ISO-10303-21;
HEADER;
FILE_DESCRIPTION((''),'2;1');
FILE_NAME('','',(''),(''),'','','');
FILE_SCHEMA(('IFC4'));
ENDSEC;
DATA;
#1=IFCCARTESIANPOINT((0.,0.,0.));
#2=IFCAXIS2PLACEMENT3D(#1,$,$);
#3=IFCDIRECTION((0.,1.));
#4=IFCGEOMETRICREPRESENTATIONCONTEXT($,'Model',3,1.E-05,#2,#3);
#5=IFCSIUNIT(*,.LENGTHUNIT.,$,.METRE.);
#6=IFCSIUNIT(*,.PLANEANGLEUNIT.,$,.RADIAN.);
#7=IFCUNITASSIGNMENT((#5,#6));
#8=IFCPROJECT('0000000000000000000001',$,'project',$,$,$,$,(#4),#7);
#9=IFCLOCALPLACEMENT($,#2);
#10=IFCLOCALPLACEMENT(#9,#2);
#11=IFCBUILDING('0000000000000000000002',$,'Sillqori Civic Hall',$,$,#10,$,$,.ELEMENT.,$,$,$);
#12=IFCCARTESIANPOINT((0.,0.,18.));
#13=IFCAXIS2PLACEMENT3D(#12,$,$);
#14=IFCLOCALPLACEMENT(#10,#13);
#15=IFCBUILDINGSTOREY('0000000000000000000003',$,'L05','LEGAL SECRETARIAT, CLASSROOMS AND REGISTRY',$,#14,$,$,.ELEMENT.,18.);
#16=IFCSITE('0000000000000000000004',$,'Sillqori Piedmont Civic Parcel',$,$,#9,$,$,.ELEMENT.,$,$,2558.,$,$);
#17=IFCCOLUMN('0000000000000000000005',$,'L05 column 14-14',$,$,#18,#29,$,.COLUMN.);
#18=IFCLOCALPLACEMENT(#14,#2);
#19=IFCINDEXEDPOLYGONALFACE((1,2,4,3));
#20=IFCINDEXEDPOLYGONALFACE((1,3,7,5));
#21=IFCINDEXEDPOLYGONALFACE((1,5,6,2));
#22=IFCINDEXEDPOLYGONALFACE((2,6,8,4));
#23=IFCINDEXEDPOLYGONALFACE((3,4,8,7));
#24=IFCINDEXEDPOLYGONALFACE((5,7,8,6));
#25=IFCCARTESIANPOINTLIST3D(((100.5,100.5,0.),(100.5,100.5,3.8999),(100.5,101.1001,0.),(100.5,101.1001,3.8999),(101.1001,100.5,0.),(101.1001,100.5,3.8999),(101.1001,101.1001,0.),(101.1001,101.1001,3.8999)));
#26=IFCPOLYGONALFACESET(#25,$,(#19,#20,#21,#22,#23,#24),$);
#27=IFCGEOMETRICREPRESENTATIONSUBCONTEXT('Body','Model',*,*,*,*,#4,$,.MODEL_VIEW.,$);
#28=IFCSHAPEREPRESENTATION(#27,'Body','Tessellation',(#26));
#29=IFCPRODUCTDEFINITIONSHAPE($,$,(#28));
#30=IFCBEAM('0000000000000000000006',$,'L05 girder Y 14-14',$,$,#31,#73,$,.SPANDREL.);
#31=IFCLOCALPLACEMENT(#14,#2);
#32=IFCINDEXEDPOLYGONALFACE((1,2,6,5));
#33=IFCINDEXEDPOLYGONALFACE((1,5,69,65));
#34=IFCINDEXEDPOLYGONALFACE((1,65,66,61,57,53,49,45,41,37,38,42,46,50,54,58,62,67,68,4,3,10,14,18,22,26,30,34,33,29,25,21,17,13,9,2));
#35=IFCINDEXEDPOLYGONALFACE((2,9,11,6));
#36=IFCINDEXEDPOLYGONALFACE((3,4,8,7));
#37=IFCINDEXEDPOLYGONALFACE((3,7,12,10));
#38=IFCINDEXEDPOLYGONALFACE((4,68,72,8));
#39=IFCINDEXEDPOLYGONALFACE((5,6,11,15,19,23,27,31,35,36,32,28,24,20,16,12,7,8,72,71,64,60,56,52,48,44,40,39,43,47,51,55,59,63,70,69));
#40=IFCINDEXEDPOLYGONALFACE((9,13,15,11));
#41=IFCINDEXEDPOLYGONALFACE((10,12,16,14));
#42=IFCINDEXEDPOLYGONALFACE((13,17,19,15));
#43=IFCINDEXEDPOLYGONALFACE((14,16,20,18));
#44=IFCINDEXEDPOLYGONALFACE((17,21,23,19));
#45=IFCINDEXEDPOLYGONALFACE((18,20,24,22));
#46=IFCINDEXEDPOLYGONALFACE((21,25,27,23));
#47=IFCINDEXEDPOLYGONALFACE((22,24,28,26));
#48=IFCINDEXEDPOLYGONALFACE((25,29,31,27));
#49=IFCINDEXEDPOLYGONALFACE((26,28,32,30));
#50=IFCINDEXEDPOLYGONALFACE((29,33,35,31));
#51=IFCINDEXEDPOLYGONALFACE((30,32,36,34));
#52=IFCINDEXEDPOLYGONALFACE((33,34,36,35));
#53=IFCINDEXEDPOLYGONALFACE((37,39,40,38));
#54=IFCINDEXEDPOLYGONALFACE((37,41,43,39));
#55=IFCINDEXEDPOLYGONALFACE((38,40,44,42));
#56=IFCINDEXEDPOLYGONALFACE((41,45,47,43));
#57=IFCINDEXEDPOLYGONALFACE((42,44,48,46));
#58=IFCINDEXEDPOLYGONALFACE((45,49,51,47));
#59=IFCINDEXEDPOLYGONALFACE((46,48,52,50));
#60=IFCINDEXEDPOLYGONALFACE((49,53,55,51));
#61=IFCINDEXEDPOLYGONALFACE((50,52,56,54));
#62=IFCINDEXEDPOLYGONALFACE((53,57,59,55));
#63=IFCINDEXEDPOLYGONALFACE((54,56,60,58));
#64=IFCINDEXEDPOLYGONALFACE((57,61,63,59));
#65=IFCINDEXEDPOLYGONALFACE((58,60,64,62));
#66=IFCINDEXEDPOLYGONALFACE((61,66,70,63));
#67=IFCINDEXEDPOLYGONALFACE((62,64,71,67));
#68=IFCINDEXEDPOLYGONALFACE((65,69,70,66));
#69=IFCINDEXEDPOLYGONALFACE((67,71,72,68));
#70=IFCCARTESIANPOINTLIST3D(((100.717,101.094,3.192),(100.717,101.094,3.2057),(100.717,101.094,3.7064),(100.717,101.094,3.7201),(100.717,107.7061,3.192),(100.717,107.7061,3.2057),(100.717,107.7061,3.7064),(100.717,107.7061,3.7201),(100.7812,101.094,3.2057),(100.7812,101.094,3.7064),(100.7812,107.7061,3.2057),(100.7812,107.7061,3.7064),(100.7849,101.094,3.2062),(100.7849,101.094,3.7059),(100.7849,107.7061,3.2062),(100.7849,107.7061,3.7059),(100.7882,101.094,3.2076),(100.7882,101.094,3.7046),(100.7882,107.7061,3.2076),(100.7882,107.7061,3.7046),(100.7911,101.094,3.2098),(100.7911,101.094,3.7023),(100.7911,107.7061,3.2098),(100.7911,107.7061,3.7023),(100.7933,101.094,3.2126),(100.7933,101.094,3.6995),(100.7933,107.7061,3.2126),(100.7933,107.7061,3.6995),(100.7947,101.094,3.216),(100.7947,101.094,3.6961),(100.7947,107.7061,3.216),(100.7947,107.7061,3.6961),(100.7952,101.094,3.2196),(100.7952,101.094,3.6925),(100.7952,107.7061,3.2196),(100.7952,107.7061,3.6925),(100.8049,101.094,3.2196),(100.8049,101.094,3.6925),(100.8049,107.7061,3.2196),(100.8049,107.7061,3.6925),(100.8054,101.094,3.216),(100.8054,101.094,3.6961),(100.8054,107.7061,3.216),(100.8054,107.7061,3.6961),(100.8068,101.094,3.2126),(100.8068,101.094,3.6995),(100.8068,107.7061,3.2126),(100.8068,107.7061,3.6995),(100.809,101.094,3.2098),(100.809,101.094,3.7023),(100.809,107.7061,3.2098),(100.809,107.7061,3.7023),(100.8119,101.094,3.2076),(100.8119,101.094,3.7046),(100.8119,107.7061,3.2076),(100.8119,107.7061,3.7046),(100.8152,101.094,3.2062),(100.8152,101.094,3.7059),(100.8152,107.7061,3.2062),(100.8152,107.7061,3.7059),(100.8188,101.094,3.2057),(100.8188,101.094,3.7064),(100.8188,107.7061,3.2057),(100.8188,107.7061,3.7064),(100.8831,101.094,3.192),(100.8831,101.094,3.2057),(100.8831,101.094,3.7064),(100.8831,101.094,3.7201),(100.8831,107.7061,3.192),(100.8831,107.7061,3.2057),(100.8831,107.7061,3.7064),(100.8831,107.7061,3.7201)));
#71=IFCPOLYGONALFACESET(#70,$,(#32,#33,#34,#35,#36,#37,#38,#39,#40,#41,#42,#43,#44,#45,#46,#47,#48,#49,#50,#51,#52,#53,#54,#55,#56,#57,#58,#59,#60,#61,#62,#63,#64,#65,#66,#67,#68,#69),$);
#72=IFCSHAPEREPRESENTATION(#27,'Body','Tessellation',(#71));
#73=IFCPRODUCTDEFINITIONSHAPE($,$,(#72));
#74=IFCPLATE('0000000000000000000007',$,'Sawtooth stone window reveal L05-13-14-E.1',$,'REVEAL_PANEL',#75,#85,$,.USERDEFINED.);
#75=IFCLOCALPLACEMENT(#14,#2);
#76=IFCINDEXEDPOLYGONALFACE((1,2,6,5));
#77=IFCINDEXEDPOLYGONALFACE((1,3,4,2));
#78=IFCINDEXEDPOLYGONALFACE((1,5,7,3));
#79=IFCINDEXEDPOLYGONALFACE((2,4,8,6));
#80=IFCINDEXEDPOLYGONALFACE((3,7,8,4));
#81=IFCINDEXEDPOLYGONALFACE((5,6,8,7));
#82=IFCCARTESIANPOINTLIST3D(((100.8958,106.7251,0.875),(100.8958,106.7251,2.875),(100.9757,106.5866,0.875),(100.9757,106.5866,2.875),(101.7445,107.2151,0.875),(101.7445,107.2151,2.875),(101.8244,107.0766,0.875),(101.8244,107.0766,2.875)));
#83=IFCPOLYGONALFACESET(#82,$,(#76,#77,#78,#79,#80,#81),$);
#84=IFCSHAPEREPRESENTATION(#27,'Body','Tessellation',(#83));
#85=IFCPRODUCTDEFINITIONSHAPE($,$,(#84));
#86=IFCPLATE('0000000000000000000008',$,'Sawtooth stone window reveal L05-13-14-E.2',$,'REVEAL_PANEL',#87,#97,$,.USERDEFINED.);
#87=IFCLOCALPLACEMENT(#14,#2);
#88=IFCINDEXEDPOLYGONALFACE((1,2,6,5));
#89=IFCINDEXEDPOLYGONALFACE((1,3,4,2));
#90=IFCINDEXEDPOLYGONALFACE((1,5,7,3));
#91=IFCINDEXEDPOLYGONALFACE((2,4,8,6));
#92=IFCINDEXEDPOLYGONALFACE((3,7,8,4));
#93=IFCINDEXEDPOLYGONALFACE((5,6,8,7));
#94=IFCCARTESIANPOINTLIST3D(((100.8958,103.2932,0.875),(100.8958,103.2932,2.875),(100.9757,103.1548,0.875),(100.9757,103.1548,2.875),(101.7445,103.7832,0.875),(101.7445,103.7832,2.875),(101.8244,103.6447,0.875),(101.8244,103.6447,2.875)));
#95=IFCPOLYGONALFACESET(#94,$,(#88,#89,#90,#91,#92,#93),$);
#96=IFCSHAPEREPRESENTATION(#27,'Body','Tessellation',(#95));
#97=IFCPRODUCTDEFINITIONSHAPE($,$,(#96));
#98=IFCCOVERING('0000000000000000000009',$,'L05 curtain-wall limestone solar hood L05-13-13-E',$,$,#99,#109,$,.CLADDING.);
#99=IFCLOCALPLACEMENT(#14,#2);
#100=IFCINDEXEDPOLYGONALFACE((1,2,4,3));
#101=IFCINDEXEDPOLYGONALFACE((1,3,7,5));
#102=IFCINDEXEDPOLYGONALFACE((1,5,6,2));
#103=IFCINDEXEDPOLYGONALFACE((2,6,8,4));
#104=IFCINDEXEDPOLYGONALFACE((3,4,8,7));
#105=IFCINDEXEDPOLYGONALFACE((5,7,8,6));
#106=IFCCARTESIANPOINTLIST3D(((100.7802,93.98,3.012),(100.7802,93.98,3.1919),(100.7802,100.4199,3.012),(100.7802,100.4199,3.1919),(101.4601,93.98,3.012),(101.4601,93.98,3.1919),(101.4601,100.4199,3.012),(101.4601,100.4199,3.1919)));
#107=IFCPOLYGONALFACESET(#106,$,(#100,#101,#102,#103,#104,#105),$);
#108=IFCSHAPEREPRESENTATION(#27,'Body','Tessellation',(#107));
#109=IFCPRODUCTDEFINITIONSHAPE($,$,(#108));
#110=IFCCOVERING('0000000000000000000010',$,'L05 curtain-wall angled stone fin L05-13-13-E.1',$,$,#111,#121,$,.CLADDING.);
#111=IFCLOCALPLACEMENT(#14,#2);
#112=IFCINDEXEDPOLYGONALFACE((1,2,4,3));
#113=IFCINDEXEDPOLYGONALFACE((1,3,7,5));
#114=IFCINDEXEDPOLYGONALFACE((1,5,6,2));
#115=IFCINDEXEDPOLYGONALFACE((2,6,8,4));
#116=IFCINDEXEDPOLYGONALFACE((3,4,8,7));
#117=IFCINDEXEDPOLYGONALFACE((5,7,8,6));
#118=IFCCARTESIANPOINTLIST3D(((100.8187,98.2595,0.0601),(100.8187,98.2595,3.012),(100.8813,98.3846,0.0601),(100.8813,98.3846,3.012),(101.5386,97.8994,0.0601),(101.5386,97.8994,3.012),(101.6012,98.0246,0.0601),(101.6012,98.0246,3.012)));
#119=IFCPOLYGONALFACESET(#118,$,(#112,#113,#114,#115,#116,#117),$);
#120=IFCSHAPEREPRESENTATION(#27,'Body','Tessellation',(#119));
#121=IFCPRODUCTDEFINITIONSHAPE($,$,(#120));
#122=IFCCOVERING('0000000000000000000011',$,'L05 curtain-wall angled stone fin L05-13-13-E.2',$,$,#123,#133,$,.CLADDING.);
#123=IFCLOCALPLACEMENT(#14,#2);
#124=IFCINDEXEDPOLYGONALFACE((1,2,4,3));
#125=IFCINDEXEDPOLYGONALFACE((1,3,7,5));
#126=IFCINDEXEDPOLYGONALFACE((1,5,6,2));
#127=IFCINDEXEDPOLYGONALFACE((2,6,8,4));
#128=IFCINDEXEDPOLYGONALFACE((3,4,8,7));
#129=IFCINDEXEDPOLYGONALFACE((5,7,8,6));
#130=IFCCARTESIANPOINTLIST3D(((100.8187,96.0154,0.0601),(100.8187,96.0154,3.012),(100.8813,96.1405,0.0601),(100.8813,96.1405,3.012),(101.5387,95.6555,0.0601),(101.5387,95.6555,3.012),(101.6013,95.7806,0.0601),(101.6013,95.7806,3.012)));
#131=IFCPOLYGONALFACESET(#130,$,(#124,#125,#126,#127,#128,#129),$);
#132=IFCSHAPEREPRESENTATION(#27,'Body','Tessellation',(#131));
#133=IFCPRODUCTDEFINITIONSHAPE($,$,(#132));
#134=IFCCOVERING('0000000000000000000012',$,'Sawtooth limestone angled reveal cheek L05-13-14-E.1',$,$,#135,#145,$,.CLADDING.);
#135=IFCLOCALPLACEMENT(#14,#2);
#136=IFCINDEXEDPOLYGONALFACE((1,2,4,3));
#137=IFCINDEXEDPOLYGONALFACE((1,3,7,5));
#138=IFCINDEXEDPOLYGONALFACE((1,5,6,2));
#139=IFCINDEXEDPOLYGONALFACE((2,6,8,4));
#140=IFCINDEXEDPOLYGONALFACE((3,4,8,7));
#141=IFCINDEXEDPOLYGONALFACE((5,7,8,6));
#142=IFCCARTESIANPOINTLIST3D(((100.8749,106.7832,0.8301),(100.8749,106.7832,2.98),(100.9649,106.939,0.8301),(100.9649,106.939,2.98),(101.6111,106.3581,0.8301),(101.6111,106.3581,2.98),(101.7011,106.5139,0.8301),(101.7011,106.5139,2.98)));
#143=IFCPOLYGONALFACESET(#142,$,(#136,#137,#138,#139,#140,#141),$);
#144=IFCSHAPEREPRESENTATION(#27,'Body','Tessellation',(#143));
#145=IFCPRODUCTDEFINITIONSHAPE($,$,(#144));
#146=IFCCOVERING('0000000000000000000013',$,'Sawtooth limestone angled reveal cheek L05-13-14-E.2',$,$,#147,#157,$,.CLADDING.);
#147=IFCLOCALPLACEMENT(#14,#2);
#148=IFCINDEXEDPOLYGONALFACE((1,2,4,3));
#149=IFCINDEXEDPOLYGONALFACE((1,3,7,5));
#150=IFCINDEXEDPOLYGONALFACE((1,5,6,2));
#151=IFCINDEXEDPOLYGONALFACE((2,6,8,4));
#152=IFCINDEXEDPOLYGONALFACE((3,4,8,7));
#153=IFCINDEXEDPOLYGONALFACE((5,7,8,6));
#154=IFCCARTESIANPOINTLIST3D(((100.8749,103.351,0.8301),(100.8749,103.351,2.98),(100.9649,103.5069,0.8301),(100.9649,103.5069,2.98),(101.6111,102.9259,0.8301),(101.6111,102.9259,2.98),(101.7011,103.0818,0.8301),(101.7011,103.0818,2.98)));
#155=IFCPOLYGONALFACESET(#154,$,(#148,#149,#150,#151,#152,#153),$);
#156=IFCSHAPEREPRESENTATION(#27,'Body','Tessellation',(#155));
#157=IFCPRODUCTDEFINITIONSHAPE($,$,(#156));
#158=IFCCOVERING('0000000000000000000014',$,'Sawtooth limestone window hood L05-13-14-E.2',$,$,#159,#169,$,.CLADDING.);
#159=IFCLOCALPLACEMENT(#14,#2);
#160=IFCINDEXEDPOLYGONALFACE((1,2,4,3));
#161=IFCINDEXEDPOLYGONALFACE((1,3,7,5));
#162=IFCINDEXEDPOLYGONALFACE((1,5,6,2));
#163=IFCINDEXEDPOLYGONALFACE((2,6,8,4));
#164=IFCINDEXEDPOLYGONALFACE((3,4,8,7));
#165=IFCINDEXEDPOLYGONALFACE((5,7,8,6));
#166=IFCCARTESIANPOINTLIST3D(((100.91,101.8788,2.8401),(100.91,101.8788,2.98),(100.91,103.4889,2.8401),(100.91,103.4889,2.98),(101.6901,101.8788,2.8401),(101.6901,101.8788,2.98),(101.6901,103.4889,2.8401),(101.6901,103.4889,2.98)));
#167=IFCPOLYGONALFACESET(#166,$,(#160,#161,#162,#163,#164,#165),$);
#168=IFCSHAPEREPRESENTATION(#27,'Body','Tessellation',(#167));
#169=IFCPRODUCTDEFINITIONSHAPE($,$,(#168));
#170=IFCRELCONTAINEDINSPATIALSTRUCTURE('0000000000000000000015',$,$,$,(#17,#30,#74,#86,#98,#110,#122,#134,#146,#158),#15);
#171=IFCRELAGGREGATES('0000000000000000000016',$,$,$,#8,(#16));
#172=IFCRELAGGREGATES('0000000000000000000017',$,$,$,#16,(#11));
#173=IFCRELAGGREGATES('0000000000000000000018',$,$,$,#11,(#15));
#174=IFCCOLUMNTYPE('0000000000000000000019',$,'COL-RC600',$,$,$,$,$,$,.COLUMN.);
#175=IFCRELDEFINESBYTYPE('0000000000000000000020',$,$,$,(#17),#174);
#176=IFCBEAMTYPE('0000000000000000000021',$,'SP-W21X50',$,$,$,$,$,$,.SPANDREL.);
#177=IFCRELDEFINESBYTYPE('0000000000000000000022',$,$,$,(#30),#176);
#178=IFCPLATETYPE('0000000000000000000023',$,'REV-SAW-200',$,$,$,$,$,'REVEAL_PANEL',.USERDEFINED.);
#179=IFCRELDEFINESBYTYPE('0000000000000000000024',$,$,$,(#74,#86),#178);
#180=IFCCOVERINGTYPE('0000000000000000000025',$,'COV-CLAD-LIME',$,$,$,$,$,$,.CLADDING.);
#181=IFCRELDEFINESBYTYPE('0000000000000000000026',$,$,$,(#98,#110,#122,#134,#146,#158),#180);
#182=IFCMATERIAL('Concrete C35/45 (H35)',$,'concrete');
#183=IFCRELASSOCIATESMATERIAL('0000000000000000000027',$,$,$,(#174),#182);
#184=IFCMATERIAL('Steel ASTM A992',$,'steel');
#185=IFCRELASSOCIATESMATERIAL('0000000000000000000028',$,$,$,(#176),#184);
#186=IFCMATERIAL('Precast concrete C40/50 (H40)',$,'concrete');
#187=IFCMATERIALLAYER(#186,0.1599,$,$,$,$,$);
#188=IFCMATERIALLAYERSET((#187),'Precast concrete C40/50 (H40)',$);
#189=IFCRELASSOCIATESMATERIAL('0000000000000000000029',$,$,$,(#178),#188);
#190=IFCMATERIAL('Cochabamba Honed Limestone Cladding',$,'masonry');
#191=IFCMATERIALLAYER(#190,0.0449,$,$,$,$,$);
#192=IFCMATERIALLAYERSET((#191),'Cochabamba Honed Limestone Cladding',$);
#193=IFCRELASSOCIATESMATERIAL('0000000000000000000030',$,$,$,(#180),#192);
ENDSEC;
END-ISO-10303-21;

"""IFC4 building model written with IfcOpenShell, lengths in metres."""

from ifc_helpers import new_model, si_unit, direction, frame, frame_2d, origin, origin_2d, place, context, subcontext, project, spatial, rectangle, i_section, extrude, material, layer, layer_set, material_profile, profile_set, type_object, element, save


model = new_model("IFC4")

# Units and contexts
model_context = context("Model", 3, precision=1e-05, world=origin(), true_north=direction((0.0, 1.0)))
body_context = subcontext(model_context, "Body", "Model", "MODEL_VIEW")
ifc_project = project(units=[si_unit("LENGTHUNIT", "METRE"), si_unit("PLANEANGLEUNIT", "RADIAN")], contexts=[model_context])

# Site, building, storey
site_placement = place(None, origin())
site = spatial("IfcSite", under=ifc_project, at=site_placement, Name="Sillqori Piedmont Civic Parcel", CompositionType="ELEMENT", RefElevation=2558.0)
building_placement = place(site_placement, origin())
building = spatial("IfcBuilding", under=site, at=building_placement, Name="Sillqori Civic Hall", CompositionType="ELEMENT")
storey_placement = place(building_placement, frame((0.0, 0.0, 18.0)))
storey = spatial("IfcBuildingStorey", under=building, at=storey_placement, Name="L05", Description="LEGAL SECRETARIAT, CLASSROOMS AND REGISTRY", CompositionType="ELEMENT", Elevation=18.0)

# Column
ifc_material_1 = material(Name="Concrete C35/45 (H35)", Category="concrete")
ifc_material_profile_1 = material_profile(ifc_material_1, rectangle(XDim=0.6001, YDim=0.6001, at=origin_2d()), Name="RC 600x600")
ifc_profile_set_1 = profile_set([ifc_material_profile_1], Name="Concrete C35/45 (H35)")
column_type = type_object("IfcColumnType", Name="COL-RC600", PredefinedType="COLUMN", material=ifc_profile_set_1)
column_placement = place(storey_placement, frame((100.8, 100.8, 0.0), z_axis=(0.0, 0.0, 1.0), x_axis=(1.0, 0.0, 0.0)))
element("IfcColumn", 1, at=column_placement, inside=storey, type_object=column_type, Name="L05 column 14-14", PredefinedType="COLUMN", context=body_context, shape_type="SweptSolid", body=[
    extrude(rectangle(XDim=0.6001, YDim=0.6001, at=origin_2d()), origin(), (0.0, 0.0, 1.0), 3.8999),
])

# Beam
ifc_material_2 = material(Name="Steel ASTM A992", Category="steel")
ifc_material_profile_2 = material_profile(ifc_material_2, i_section(OverallWidth=0.166, OverallDepth=0.5281, WebThickness=0.0098, FlangeThickness=0.0137, FilletRadius=0.0139, at=origin_2d()), Name="W21X50")
ifc_profile_set_2 = profile_set([ifc_material_profile_2], Name="Steel ASTM A992")
beam_type = type_object("IfcBeamType", Name="SP-W21X50", PredefinedType="SPANDREL", material=ifc_profile_set_2)
beam_placement = place(storey_placement, frame((100.8, 101.094, 3.4561), z_axis=(0.0, 1.0, 0.0), x_axis=(-1.0, 0.0, 0.0)))
element("IfcBeam", 2, at=beam_placement, inside=storey, type_object=beam_type, Name="L05 girder Y 14-14", PredefinedType="SPANDREL", context=body_context, shape_type="SweptSolid", body=[
    extrude(i_section(OverallWidth=0.166, OverallDepth=0.5281, WebThickness=0.0098, FlangeThickness=0.0137, FilletRadius=0.0139, at=origin_2d()), origin(), (0.0, 0.0, 1.0), 6.6121),
])

# Plates
ifc_material_3 = material(Name="Precast concrete C40/50 (H40)", Category="concrete")
ifc_layer_1 = layer(ifc_material_3, 0.1599)
ifc_layer_set_1 = layer_set([ifc_layer_1], Name="Precast concrete C40/50 (H40)")
plate_type = type_object("IfcPlateType", Name="REV-SAW-200", ElementType="REVEAL_PANEL", PredefinedType="USERDEFINED", material=ifc_layer_set_1)
for number, where, z_axis, x_axis, name in (
    (3, (101.3601, 106.9009, 0.875), (0.0, 0.0, 1.0), (0.5, -0.866025, 0.0), "Sawtooth stone window reveal L05-13-14-E.1"),
    (4, (101.3601, 103.469, 0.875), (0.0, 0.0, 1.0), (0.5, -0.866025, 0.0), "Sawtooth stone window reveal L05-13-14-E.2"),
):
    element("IfcPlate", number, at=place(storey_placement, frame(where, z_axis=z_axis, x_axis=x_axis)), inside=storey, type_object=plate_type, Name=name, ObjectType="REVEAL_PANEL", PredefinedType="USERDEFINED", context=body_context, shape_type="SweptSolid", body=[
        extrude(rectangle(XDim=0.1599, YDim=0.98, at=origin_2d()), origin(), (0.0, 0.0, 1.0), 2.0),
    ])

# Coverings
ifc_material_4 = material(Name="Cochabamba Honed Limestone Cladding", Category="masonry")
ifc_layer_2 = layer(ifc_material_4, 0.0449)
ifc_layer_set_2 = layer_set([ifc_layer_2], Name="Cochabamba Honed Limestone Cladding")
covering_type = type_object("IfcCoveringType", Name="COV-CLAD-LIME", PredefinedType="CLADDING", material=ifc_layer_set_2)
covering_1_placement = place(storey_placement, frame((101.1201, 100.4199, 3.012), z_axis=(0.0, 0.0, 1.0), x_axis=(0.0, -1.0, 0.0)))
element("IfcCovering", 5, at=covering_1_placement, inside=storey, type_object=covering_type, Name="L05 curtain-wall limestone solar hood L05-13-13-E", PredefinedType="CLADDING", context=body_context, shape_type="SweptSolid", body=[
    extrude(rectangle(XDim=6.4399, YDim=0.6799, at=frame_2d((3.22, 0.0))), origin(), (0.0, 0.0, 1.0), 0.1799),
])
for number, where, z_axis, x_axis, name in (
    (6, (100.8501, 98.322, 0.0601), (0.0, 0.0, 1.0), (0.894367, -0.447335, 0.0), "L05 curtain-wall angled stone fin L05-13-13-E.1"),
    (7, (100.8501, 96.0779, 0.0601), (0.0, 0.0, 1.0), (0.894488, -0.447092, 0.0), "L05 curtain-wall angled stone fin L05-13-13-E.2"),
):
    element("IfcCovering", number, at=place(storey_placement, frame(where, z_axis=z_axis, x_axis=x_axis)), inside=storey, type_object=covering_type, Name=name, PredefinedType="CLADDING", context=body_context, shape_type="SweptSolid", body=[
        extrude(rectangle(XDim=0.8049, YDim=0.1399, at=frame_2d((0.4023, 0.0))), origin(), (0.0, 0.0, 1.0), 2.9519),
    ])
for number, where, z_axis, x_axis, name in (
    (8, (100.9199, 106.8611, 0.8301), (0.0, 0.0, 1.0), (0.865989, -0.500062, 0.0), "Sawtooth limestone angled reveal cheek L05-13-14-E.1"),
    (9, (100.9199, 103.429, 0.8301), (0.0, 0.0, 1.0), (0.865989, -0.500062, 0.0), "Sawtooth limestone angled reveal cheek L05-13-14-E.2"),
):
    element("IfcCovering", number, at=place(storey_placement, frame(where, z_axis=z_axis, x_axis=x_axis)), inside=storey, type_object=covering_type, Name=name, PredefinedType="CLADDING", context=body_context, shape_type="SweptSolid", body=[
        extrude(rectangle(XDim=0.8501, YDim=0.1799, at=frame_2d((0.425, 0.0))), origin(), (0.0, 0.0, 1.0), 2.1499),
    ])
covering_2_placement = place(storey_placement, frame((101.3, 103.489, 2.8401), z_axis=(0.0, 0.0, 1.0), x_axis=(0.0, -1.0, 0.0)))
element("IfcCovering", 10, at=covering_2_placement, inside=storey, type_object=covering_type, Name="Sawtooth limestone window hood L05-13-14-E.2", PredefinedType="CLADDING", context=body_context, shape_type="SweptSolid", body=[
    extrude(rectangle(XDim=1.6101, YDim=0.78, at=frame_2d((0.8052, 0.0))), origin(), (0.0, 0.0, 1.0), 0.1399),
])

save(model, "model.ifc")
